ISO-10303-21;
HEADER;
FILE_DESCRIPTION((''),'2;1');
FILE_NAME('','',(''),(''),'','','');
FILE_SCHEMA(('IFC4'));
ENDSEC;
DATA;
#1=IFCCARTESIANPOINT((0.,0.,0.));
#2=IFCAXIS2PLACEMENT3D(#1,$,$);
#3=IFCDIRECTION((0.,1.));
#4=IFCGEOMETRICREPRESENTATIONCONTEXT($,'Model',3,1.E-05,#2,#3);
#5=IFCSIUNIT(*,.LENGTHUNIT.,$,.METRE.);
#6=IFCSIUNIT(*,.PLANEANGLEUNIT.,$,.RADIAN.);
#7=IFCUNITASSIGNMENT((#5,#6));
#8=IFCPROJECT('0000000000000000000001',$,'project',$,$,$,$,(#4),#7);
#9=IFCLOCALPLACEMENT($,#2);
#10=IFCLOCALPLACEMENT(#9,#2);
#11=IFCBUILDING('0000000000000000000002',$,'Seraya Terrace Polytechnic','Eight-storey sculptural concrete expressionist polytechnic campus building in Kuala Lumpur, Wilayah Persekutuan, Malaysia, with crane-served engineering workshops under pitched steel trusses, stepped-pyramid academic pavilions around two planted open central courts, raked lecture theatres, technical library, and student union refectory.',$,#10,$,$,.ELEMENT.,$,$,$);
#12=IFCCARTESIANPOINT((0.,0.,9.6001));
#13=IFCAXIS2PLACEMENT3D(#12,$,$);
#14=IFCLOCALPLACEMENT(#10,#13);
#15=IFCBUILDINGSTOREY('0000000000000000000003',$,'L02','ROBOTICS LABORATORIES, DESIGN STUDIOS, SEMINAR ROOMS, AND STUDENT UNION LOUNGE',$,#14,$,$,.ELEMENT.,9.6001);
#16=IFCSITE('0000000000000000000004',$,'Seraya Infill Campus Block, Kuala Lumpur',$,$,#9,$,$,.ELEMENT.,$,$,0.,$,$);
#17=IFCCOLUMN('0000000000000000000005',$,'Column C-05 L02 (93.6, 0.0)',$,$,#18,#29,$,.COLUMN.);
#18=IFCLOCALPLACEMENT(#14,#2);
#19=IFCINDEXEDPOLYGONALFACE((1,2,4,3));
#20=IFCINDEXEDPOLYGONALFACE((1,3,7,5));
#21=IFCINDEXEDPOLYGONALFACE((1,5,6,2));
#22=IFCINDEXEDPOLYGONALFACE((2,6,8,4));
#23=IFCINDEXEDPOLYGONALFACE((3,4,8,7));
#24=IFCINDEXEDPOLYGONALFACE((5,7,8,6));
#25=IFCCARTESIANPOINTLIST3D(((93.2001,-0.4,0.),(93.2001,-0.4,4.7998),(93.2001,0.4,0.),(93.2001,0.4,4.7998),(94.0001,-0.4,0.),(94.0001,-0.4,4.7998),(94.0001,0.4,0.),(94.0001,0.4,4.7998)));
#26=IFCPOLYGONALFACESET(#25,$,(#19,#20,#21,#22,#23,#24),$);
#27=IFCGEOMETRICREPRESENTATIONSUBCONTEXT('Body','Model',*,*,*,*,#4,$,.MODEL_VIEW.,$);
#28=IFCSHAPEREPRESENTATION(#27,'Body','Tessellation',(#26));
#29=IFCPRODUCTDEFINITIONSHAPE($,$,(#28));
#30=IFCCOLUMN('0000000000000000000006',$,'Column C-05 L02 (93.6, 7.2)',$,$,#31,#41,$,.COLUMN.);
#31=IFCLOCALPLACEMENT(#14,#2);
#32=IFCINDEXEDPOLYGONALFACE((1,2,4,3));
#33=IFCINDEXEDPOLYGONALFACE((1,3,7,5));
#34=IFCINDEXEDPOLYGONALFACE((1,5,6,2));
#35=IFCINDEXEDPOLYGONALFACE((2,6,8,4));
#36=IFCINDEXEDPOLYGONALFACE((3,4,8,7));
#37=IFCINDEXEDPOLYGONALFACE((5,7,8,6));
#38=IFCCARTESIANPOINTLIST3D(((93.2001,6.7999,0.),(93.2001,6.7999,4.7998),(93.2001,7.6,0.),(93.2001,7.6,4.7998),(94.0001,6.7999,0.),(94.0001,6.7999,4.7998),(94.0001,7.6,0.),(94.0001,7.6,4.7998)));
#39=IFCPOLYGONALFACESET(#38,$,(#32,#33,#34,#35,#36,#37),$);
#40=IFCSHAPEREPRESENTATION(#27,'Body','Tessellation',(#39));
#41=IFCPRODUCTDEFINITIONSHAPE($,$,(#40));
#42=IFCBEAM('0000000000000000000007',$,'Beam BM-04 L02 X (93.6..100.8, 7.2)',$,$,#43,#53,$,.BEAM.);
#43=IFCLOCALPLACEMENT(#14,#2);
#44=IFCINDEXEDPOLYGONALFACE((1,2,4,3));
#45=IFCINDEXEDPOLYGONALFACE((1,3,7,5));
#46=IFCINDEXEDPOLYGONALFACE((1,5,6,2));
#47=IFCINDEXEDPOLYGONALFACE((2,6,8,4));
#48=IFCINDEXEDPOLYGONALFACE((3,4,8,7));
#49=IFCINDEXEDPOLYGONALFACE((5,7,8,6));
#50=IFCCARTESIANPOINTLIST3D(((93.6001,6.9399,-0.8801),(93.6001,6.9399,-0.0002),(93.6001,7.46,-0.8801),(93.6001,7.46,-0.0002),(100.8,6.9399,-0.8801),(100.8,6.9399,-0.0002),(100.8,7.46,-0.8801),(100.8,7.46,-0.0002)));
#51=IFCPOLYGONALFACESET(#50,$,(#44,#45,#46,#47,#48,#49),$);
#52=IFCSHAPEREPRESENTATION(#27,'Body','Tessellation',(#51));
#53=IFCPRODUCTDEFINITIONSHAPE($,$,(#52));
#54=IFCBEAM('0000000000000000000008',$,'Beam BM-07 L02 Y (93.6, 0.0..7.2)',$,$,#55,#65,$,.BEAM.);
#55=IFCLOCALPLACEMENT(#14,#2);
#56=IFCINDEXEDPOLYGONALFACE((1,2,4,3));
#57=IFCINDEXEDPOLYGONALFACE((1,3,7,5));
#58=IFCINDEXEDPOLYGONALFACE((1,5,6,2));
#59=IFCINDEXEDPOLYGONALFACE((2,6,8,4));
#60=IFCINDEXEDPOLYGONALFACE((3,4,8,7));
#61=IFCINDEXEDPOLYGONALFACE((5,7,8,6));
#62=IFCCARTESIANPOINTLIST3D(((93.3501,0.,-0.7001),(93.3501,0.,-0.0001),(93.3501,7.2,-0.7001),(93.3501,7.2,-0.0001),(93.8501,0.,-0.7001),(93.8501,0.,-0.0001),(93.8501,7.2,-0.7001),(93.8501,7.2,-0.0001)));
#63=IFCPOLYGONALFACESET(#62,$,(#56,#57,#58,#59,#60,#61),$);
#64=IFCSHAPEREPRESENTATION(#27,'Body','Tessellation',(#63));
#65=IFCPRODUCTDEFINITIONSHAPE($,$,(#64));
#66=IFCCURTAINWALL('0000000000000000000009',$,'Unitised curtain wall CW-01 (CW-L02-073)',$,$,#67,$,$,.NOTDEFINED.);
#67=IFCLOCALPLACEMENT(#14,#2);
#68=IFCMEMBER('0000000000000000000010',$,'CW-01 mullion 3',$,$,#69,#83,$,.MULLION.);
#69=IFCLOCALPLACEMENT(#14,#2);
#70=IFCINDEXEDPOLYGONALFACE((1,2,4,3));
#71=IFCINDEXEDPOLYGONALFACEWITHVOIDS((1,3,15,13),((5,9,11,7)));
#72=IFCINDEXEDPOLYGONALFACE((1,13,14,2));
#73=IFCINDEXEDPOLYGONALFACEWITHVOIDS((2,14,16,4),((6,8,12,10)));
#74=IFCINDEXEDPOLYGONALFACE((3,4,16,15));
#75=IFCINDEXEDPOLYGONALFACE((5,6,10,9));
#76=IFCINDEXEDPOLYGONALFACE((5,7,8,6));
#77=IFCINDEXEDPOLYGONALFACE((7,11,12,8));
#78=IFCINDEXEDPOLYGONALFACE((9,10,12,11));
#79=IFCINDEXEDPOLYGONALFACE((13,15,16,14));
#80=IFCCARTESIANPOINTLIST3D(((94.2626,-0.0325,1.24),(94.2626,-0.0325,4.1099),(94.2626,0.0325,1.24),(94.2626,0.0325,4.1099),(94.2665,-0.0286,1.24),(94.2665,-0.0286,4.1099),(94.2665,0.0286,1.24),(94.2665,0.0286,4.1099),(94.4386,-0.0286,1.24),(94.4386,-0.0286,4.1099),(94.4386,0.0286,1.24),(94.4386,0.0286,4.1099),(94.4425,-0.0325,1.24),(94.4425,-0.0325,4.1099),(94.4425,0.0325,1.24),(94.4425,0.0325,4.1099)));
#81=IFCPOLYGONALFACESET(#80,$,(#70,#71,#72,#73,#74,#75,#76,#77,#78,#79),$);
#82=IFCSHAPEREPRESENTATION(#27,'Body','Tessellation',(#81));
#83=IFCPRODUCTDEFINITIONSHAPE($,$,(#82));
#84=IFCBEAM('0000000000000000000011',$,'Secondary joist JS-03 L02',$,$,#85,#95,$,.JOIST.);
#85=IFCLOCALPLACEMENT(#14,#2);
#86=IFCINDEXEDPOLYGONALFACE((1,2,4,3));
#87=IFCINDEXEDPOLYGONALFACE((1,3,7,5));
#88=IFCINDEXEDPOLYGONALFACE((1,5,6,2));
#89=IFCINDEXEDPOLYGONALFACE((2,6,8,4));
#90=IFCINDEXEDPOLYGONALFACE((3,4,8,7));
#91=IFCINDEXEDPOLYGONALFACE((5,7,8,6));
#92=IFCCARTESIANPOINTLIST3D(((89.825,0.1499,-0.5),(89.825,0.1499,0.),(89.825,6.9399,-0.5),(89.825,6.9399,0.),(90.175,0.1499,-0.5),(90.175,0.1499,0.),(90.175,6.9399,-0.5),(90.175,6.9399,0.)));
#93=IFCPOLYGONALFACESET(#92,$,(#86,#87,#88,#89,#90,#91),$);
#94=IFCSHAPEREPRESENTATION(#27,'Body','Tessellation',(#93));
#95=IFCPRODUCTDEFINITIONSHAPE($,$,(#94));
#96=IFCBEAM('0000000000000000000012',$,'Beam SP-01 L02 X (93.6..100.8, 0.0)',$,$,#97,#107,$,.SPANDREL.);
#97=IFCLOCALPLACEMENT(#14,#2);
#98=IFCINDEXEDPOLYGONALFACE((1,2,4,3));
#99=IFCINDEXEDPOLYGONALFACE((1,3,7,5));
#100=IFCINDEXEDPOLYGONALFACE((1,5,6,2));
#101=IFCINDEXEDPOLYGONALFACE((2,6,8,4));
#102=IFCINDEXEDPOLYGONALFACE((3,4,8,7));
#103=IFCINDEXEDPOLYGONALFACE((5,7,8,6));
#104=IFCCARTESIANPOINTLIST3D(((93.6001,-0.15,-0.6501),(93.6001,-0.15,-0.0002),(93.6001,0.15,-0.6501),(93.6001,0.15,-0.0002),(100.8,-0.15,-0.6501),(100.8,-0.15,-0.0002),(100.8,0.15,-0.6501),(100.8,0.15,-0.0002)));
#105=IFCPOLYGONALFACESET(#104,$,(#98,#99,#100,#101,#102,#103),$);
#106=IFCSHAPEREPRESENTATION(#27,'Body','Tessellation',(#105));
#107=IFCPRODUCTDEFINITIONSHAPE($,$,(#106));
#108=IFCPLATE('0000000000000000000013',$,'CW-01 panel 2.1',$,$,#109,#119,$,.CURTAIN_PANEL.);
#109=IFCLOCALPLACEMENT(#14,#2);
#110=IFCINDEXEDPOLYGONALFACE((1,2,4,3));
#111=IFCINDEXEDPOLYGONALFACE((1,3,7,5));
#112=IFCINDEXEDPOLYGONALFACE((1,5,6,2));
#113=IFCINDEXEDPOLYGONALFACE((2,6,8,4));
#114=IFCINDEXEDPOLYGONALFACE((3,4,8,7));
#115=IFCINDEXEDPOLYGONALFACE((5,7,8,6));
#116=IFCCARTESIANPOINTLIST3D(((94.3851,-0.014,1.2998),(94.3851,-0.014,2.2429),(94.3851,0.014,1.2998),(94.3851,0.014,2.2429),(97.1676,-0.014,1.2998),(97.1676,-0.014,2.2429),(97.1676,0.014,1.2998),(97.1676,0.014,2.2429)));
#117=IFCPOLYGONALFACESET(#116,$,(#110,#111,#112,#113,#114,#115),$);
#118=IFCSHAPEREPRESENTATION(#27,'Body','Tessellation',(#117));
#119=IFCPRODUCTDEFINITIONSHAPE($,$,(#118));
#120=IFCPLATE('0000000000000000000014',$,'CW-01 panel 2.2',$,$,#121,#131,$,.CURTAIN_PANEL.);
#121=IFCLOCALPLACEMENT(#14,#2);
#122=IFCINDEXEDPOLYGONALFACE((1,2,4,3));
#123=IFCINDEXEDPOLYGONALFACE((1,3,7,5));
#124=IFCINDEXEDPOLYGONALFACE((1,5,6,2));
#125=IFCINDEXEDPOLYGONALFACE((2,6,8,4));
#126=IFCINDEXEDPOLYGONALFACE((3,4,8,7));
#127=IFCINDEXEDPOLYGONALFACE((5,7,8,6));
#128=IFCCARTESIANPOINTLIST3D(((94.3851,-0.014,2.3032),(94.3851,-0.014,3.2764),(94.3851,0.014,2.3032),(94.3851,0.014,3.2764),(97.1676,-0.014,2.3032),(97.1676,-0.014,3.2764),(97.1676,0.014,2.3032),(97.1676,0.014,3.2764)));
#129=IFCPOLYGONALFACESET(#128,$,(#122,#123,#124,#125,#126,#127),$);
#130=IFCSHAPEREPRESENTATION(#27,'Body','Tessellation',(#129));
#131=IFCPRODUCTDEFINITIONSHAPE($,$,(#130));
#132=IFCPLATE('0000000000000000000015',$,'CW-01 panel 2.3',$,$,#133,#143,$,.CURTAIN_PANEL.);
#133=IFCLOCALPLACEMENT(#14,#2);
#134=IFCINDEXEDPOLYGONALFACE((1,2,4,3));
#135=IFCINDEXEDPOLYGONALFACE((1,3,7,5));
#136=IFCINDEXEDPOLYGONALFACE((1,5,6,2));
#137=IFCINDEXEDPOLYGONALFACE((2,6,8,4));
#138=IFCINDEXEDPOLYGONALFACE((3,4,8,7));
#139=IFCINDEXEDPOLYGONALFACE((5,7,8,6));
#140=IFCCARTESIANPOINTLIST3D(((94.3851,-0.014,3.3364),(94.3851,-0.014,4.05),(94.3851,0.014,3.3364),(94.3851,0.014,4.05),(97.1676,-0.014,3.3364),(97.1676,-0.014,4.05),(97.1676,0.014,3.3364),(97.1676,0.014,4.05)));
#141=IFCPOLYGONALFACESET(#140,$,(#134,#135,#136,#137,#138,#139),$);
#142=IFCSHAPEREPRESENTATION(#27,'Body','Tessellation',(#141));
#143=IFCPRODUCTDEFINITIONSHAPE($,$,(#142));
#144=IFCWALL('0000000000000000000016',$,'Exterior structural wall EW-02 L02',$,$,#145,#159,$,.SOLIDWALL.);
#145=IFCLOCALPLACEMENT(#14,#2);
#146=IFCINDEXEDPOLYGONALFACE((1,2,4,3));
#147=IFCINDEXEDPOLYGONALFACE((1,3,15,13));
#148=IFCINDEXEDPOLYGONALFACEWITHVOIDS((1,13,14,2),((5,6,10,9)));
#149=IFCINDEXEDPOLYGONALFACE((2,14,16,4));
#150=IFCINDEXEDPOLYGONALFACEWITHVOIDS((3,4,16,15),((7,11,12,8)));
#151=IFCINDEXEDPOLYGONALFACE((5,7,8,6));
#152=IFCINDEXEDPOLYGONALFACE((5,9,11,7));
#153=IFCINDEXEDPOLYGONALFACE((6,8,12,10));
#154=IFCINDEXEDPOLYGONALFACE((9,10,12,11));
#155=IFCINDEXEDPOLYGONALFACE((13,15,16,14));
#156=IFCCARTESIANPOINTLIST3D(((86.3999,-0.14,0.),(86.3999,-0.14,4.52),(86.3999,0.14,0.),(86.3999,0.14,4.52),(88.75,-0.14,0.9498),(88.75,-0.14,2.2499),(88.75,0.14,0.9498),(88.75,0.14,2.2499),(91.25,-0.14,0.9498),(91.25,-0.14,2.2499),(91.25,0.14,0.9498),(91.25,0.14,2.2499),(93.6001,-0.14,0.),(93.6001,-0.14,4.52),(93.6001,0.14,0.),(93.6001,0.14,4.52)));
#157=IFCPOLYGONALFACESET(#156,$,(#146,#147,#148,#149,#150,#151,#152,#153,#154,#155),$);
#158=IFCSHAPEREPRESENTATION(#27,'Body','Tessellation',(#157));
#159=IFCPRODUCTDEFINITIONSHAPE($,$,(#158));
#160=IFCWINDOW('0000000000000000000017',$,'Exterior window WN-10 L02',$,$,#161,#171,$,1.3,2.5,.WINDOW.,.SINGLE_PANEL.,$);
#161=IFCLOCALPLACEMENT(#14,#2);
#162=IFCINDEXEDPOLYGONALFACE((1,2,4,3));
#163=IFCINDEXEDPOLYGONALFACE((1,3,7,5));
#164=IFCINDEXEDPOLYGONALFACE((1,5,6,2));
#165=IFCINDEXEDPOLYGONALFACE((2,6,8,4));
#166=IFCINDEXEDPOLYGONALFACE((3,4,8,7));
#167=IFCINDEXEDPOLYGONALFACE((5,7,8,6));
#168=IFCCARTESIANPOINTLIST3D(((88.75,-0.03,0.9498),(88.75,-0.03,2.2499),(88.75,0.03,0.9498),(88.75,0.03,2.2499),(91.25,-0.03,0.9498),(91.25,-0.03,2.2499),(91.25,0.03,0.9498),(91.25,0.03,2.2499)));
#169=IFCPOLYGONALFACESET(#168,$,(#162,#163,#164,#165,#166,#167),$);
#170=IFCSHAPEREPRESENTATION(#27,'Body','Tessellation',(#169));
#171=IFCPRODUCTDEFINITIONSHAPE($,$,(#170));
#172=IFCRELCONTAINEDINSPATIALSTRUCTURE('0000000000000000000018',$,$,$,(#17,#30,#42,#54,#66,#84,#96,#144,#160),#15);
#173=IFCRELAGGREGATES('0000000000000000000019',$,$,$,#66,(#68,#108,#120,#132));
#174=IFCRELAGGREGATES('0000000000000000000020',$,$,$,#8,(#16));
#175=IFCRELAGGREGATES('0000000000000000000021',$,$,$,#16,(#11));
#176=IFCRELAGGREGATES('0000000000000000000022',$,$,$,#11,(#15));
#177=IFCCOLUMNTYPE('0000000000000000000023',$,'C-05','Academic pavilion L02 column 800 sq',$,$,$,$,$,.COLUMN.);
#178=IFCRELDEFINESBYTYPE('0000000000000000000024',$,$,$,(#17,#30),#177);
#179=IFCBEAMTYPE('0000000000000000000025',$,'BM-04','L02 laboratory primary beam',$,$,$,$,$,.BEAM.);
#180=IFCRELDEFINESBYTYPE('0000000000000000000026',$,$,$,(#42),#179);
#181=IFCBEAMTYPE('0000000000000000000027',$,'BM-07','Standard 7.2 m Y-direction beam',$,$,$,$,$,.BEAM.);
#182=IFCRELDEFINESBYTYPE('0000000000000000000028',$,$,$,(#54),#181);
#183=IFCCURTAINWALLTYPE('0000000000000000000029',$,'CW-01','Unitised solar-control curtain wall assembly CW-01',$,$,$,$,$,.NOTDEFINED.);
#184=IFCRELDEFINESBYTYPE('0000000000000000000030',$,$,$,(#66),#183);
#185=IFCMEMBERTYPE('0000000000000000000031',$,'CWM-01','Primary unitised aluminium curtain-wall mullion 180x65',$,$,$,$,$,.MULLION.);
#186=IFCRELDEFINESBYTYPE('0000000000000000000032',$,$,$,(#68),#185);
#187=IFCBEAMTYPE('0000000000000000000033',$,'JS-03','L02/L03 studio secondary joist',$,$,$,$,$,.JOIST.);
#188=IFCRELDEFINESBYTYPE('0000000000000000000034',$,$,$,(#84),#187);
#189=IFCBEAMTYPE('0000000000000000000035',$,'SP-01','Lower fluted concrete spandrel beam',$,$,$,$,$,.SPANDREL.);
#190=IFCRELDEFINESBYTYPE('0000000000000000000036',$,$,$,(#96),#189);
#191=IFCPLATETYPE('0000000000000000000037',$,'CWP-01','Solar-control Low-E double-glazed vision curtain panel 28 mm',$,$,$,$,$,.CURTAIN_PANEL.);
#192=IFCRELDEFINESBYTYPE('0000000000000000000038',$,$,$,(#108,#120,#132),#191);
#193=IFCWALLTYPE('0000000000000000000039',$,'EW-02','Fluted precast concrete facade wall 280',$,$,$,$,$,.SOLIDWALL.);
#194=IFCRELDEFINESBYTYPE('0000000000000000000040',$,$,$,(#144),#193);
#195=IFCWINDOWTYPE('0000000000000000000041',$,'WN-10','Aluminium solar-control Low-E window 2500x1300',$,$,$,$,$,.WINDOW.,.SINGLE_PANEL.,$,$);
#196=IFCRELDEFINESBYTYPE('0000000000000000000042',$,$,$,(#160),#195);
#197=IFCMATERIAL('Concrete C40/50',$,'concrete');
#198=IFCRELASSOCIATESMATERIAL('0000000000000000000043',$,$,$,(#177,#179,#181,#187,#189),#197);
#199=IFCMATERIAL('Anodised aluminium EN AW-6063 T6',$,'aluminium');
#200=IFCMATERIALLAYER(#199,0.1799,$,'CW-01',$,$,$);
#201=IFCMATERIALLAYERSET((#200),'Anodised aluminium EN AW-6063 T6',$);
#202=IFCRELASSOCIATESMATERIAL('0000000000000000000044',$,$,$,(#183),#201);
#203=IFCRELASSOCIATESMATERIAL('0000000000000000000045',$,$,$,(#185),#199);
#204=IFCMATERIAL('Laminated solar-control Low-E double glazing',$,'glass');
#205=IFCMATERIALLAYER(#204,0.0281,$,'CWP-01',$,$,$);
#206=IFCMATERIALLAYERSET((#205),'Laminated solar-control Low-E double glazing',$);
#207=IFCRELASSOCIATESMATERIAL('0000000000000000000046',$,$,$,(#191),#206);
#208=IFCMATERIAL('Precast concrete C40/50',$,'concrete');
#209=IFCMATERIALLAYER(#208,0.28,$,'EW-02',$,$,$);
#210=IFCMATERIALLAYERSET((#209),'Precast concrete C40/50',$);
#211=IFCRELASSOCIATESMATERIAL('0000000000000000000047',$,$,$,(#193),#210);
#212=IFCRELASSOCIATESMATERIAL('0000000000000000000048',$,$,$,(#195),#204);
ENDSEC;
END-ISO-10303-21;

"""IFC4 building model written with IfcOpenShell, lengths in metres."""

from ifc_helpers import new_model, si_unit, direction, frame, frame_2d, origin, origin_2d, place, context, subcontext, project, spatial, rectangle, hollow_rectangle, extrude, material, layer, layer_set, material_profile, profile_set, type_object, element, fill, aggregate, save


model = new_model("IFC4")

# Units and contexts
model_context = context("Model", 3, precision=1e-05, world=origin(), true_north=direction((0.0, 1.0)))
body_context = subcontext(model_context, "Body", "Model", "MODEL_VIEW")
ifc_project = project(units=[si_unit("LENGTHUNIT", "METRE"), si_unit("PLANEANGLEUNIT", "RADIAN")], contexts=[model_context])

# Site, building, storey
site_placement = place(None, origin())
site = spatial("IfcSite", under=ifc_project, at=site_placement, Name="Seraya Infill Campus Block, Kuala Lumpur", CompositionType="ELEMENT", RefElevation=0.0)
building_placement = place(site_placement, origin())
building = spatial("IfcBuilding", under=site, at=building_placement, Name="Seraya Terrace Polytechnic", Description="Eight-storey sculptural concrete expressionist polytechnic campus building in Kuala Lumpur, Wilayah Persekutuan, Malaysia, with crane-served engineering workshops under pitched steel trusses, stepped-pyramid academic pavilions around two planted open central courts, raked lecture theatres, technical library, and student union refectory.", CompositionType="ELEMENT")
storey_placement = place(building_placement, frame((0.0, 0.0, 9.6001)))
storey = spatial("IfcBuildingStorey", under=building, at=storey_placement, Name="L02", Description="ROBOTICS LABORATORIES, DESIGN STUDIOS, SEMINAR ROOMS, AND STUDENT UNION LOUNGE", CompositionType="ELEMENT", Elevation=9.6001)

# Columns
ifc_material_1 = material(Name="Concrete C40/50", Category="concrete")
ifc_material_profile_1 = material_profile(ifc_material_1, rectangle(XDim=0.8, YDim=0.8, at=origin_2d()), Name="RC 800x800")
ifc_profile_set_1 = profile_set([ifc_material_profile_1], Name="Concrete C40/50")
column_type = type_object("IfcColumnType", Name="C-05", Description="Academic pavilion L02 column 800 sq", PredefinedType="COLUMN", material=ifc_profile_set_1)
for number, where, z_axis, x_axis, name in (
    (1, (93.6001, 0.0, 0.0), (0.0, 0.0, 1.0), (1.0, 0.0, 0.0), "Column C-05 L02 (93.6, 0.0)"),
    (2, (93.6001, 7.2, 0.0), (0.0, 0.0, 1.0), (1.0, 0.0, 0.0), "Column C-05 L02 (93.6, 7.2)"),
):
    element("IfcColumn", number, at=place(storey_placement, frame(where, z_axis=z_axis, x_axis=x_axis)), inside=storey, type_object=column_type, Name=name, PredefinedType="COLUMN", context=body_context, shape_type="SweptSolid", body=[
        extrude(rectangle(XDim=0.8, YDim=0.8, at=origin_2d()), origin(), (0.0, 0.0, 1.0), 4.7998),
    ])

# Beams
ifc_material_profile_2 = material_profile(ifc_material_1, rectangle(XDim=0.52, YDim=0.8799, at=origin_2d()), Name="RC 520x880")
ifc_profile_set_2 = profile_set([ifc_material_profile_2], Name="Concrete C40/50")
beam_type_1 = type_object("IfcBeamType", Name="BM-04", Description="L02 laboratory primary beam", PredefinedType="BEAM", material=ifc_profile_set_2)
beam_1_placement = place(storey_placement, frame((93.6001, 7.2, -0.4402), z_axis=(1.0, 0.0, 0.0), x_axis=(0.0, 1.0, 0.0)))
element("IfcBeam", 3, at=beam_1_placement, inside=storey, type_object=beam_type_1, Name="Beam BM-04 L02 X (93.6..100.8, 7.2)", PredefinedType="BEAM", context=body_context, shape_type="SweptSolid", body=[
    extrude(rectangle(XDim=0.52, YDim=0.8799, at=origin_2d()), origin(), (0.0, 0.0, 1.0), 7.2),
])
ifc_material_profile_3 = material_profile(ifc_material_1, rectangle(XDim=0.5, YDim=0.7, at=origin_2d()), Name="RC 500x700")
ifc_profile_set_3 = profile_set([ifc_material_profile_3], Name="Concrete C40/50")
beam_type_2 = type_object("IfcBeamType", Name="BM-07", Description="Standard 7.2 m Y-direction beam", PredefinedType="BEAM", material=ifc_profile_set_3)
beam_2_placement = place(storey_placement, frame((93.6001, 0.0, -0.3501), z_axis=(0.0, 1.0, 0.0), x_axis=(-1.0, 0.0, 0.0)))
element("IfcBeam", 4, at=beam_2_placement, inside=storey, type_object=beam_type_2, Name="Beam BM-07 L02 Y (93.6, 0.0..7.2)", PredefinedType="BEAM", context=body_context, shape_type="SweptSolid", body=[
    extrude(rectangle(XDim=0.5, YDim=0.7, at=origin_2d()), origin(), (0.0, 0.0, 1.0), 7.2),
])

# Curtain wall, member
ifc_material_2 = material(Name="Anodised aluminium EN AW-6063 T6", Category="aluminium")
ifc_layer_1 = layer(ifc_material_2, 0.1799, Name="CW-01")
ifc_layer_set_1 = layer_set([ifc_layer_1], Name="Anodised aluminium EN AW-6063 T6")
curtain_wall_type = type_object("IfcCurtainWallType", Name="CW-01", Description="Unitised solar-control curtain wall assembly CW-01", PredefinedType="NOTDEFINED", material=ifc_layer_set_1)
curtain_wall_placement = place(storey_placement, origin())
curtain_wall = element("IfcCurtainWall", 5, at=curtain_wall_placement, inside=storey, type_object=curtain_wall_type, Name="Unitised curtain wall CW-01 (CW-L02-073)", PredefinedType="NOTDEFINED")
ifc_material_profile_4 = material_profile(ifc_material_2, hollow_rectangle(XDim=0.0649, YDim=0.1799, WallThickness=0.0039, at=origin_2d()), Name="RHS 180x65x4.0")
ifc_profile_set_4 = profile_set([ifc_material_profile_4], Name="Anodised aluminium EN AW-6063 T6")
member_type = type_object("IfcMemberType", Name="CWM-01", Description="Primary unitised aluminium curtain-wall mullion 180x65", PredefinedType="MULLION", material=ifc_profile_set_4)
member_placement = place(storey_placement, frame((94.3525, 0.0, 1.24), z_axis=(0.0, 0.0, 1.0), x_axis=(0.0, -1.0, 0.0)))
member = element("IfcMember", 6, at=member_placement, type_object=member_type, Name="CW-01 mullion 3", PredefinedType="MULLION", context=body_context, shape_type="SweptSolid", body=[
    extrude(hollow_rectangle(XDim=0.0649, YDim=0.1799, WallThickness=0.0039, at=origin_2d()), origin(), (0.0, 0.0, 1.0), 2.8699),
])

# Beams
ifc_material_profile_5 = material_profile(ifc_material_1, rectangle(XDim=0.3501, YDim=0.5, at=origin_2d()), Name="RC 350x500")
ifc_profile_set_5 = profile_set([ifc_material_profile_5], Name="Concrete C40/50")
beam_type_3 = type_object("IfcBeamType", Name="JS-03", Description="L02/L03 studio secondary joist", PredefinedType="JOIST", material=ifc_profile_set_5)
beam_3_placement = place(storey_placement, frame((90.0, 0.1499, -0.25), z_axis=(0.0, 1.0, 0.0), x_axis=(-1.0, 0.0, 0.0)))
element("IfcBeam", 7, at=beam_3_placement, inside=storey, type_object=beam_type_3, Name="Secondary joist JS-03 L02", PredefinedType="JOIST", context=body_context, shape_type="SweptSolid", body=[
    extrude(rectangle(XDim=0.3501, YDim=0.5, at=origin_2d()), origin(), (0.0, 0.0, 1.0), 6.79),
])
ifc_material_profile_6 = material_profile(ifc_material_1, rectangle(XDim=0.3, YDim=0.6499, at=origin_2d()), Name="RC 300x650")
ifc_profile_set_6 = profile_set([ifc_material_profile_6], Name="Concrete C40/50")
beam_type_4 = type_object("IfcBeamType", Name="SP-01", Description="Lower fluted concrete spandrel beam", PredefinedType="SPANDREL", material=ifc_profile_set_6)
beam_4_placement = place(storey_placement, frame((93.6001, 0.0, -0.3252), z_axis=(1.0, 0.0, 0.0), x_axis=(0.0, 1.0, 0.0)))
element("IfcBeam", 8, at=beam_4_placement, inside=storey, type_object=beam_type_4, Name="Beam SP-01 L02 X (93.6..100.8, 0.0)", PredefinedType="SPANDREL", context=body_context, shape_type="SweptSolid", body=[
    extrude(rectangle(XDim=0.3, YDim=0.6499, at=origin_2d()), origin(), (0.0, 0.0, 1.0), 7.2),
])

# Plates
ifc_material_3 = material(Name="Laminated solar-control Low-E double glazing", Category="glass")
ifc_layer_2 = layer(ifc_material_3, 0.0281, Name="CWP-01")
ifc_layer_set_2 = layer_set([ifc_layer_2], Name="Laminated solar-control Low-E double glazing")
plate_type = type_object("IfcPlateType", Name="CWP-01", Description="Solar-control Low-E double-glazed vision curtain panel 28 mm", PredefinedType="CURTAIN_PANEL", material=ifc_layer_set_2)
plate_1_placement = place(storey_placement, frame((95.7764, 0.0, 1.2998), z_axis=(0.0, 0.0, 1.0), x_axis=(-1.0, 0.0, 0.0)))
plate_1 = element("IfcPlate", 9, at=plate_1_placement, type_object=plate_type, Name="CW-01 panel 2.1", PredefinedType="CURTAIN_PANEL", context=body_context, shape_type="SweptSolid", body=[
    extrude(rectangle(XDim=2.7825, YDim=0.0281, at=origin_2d()), origin(), (0.0, 0.0, 1.0), 0.9431),
])
plate_2_placement = place(storey_placement, frame((95.7764, 0.0, 2.3032), z_axis=(0.0, 0.0, 1.0), x_axis=(-1.0, 0.0, 0.0)))
plate_2 = element("IfcPlate", 10, at=plate_2_placement, type_object=plate_type, Name="CW-01 panel 2.2", PredefinedType="CURTAIN_PANEL", context=body_context, shape_type="SweptSolid", body=[
    extrude(rectangle(XDim=2.7825, YDim=0.0281, at=origin_2d()), origin(), (0.0, 0.0, 1.0), 0.9731),
])
plate_3_placement = place(storey_placement, frame((95.7764, 0.0, 3.3364), z_axis=(0.0, 0.0, 1.0), x_axis=(-1.0, 0.0, 0.0)))
plate_3 = element("IfcPlate", 11, at=plate_3_placement, type_object=plate_type, Name="CW-01 panel 2.3", PredefinedType="CURTAIN_PANEL", context=body_context, shape_type="SweptSolid", body=[
    extrude(rectangle(XDim=2.7825, YDim=0.0281, at=origin_2d()), origin(), (0.0, 0.0, 1.0), 0.7136),
])
aggregate(curtain_wall, [member, plate_1, plate_2, plate_3])

# Wall, opening, window
ifc_material_4 = material(Name="Precast concrete C40/50", Category="concrete")
ifc_layer_3 = layer(ifc_material_4, 0.28, Name="EW-02")
ifc_layer_set_3 = layer_set([ifc_layer_3], Name="Precast concrete C40/50")
wall_type_1 = type_object("IfcWallType", Name="EW-02", Description="Fluted precast concrete facade wall 280", PredefinedType="SOLIDWALL", material=ifc_layer_set_3)
wall_1_placement = place(storey_placement, frame((93.6001, 0.0, 0.0), z_axis=(0.0, 0.0, 1.0), x_axis=(-1.0, 0.0, 0.0)))
wall_1 = element("IfcWall", 12, at=wall_1_placement, inside=storey, type_object=wall_type_1, Name="Exterior structural wall EW-02 L02", PredefinedType="SOLIDWALL", context=body_context, shape_type="SweptSolid", body=[
    extrude(rectangle(XDim=7.2002, YDim=0.28, at=frame_2d((3.6001, 0.0))), origin(), (0.0, 0.0, 1.0), 4.52),
])
opening_1_placement = place(wall_1_placement, frame((2.3501, 0.0, 0.95)))
opening_1 = element("IfcOpeningElement", 13, at=opening_1_placement, cuts=wall_1, PredefinedType="OPENING", context=body_context, shape_type="SweptSolid", body=[
    extrude(rectangle(XDim=2.5, YDim=1.3, at=frame_2d((1.25, 0.6499))), frame((0.0, 0.1519, 0.0), z_axis=(0.0, -1.0, 0.0), x_axis=(1.0, 0.0, 0.0)), (0.0, 0.0, 1.0), 0.304),
])
window_type = type_object("IfcWindowType", Name="WN-10", Description="Aluminium solar-control Low-E window 2500x1300", PartitioningType="SINGLE_PANEL", PredefinedType="WINDOW", material=ifc_material_3)
window_placement = place(opening_1_placement, origin())
window = element("IfcWindow", 14, at=window_placement, inside=storey, type_object=window_type, Name="Exterior window WN-10 L02", OverallHeight=1.3, OverallWidth=2.5, PartitioningType="SINGLE_PANEL", PredefinedType="WINDOW", context=body_context, shape_type="SweptSolid", body=[
    extrude(rectangle(XDim=2.5, YDim=1.3, at=frame_2d((1.25, 0.6499))), frame((0.0, 0.03, 0.0), z_axis=(0.0, -1.0, 0.0), x_axis=(1.0, 0.0, 0.0)), (0.0, 0.0, 1.0), 0.0601),
])
fill(opening_1, window)

save(model, "model.ifc")
